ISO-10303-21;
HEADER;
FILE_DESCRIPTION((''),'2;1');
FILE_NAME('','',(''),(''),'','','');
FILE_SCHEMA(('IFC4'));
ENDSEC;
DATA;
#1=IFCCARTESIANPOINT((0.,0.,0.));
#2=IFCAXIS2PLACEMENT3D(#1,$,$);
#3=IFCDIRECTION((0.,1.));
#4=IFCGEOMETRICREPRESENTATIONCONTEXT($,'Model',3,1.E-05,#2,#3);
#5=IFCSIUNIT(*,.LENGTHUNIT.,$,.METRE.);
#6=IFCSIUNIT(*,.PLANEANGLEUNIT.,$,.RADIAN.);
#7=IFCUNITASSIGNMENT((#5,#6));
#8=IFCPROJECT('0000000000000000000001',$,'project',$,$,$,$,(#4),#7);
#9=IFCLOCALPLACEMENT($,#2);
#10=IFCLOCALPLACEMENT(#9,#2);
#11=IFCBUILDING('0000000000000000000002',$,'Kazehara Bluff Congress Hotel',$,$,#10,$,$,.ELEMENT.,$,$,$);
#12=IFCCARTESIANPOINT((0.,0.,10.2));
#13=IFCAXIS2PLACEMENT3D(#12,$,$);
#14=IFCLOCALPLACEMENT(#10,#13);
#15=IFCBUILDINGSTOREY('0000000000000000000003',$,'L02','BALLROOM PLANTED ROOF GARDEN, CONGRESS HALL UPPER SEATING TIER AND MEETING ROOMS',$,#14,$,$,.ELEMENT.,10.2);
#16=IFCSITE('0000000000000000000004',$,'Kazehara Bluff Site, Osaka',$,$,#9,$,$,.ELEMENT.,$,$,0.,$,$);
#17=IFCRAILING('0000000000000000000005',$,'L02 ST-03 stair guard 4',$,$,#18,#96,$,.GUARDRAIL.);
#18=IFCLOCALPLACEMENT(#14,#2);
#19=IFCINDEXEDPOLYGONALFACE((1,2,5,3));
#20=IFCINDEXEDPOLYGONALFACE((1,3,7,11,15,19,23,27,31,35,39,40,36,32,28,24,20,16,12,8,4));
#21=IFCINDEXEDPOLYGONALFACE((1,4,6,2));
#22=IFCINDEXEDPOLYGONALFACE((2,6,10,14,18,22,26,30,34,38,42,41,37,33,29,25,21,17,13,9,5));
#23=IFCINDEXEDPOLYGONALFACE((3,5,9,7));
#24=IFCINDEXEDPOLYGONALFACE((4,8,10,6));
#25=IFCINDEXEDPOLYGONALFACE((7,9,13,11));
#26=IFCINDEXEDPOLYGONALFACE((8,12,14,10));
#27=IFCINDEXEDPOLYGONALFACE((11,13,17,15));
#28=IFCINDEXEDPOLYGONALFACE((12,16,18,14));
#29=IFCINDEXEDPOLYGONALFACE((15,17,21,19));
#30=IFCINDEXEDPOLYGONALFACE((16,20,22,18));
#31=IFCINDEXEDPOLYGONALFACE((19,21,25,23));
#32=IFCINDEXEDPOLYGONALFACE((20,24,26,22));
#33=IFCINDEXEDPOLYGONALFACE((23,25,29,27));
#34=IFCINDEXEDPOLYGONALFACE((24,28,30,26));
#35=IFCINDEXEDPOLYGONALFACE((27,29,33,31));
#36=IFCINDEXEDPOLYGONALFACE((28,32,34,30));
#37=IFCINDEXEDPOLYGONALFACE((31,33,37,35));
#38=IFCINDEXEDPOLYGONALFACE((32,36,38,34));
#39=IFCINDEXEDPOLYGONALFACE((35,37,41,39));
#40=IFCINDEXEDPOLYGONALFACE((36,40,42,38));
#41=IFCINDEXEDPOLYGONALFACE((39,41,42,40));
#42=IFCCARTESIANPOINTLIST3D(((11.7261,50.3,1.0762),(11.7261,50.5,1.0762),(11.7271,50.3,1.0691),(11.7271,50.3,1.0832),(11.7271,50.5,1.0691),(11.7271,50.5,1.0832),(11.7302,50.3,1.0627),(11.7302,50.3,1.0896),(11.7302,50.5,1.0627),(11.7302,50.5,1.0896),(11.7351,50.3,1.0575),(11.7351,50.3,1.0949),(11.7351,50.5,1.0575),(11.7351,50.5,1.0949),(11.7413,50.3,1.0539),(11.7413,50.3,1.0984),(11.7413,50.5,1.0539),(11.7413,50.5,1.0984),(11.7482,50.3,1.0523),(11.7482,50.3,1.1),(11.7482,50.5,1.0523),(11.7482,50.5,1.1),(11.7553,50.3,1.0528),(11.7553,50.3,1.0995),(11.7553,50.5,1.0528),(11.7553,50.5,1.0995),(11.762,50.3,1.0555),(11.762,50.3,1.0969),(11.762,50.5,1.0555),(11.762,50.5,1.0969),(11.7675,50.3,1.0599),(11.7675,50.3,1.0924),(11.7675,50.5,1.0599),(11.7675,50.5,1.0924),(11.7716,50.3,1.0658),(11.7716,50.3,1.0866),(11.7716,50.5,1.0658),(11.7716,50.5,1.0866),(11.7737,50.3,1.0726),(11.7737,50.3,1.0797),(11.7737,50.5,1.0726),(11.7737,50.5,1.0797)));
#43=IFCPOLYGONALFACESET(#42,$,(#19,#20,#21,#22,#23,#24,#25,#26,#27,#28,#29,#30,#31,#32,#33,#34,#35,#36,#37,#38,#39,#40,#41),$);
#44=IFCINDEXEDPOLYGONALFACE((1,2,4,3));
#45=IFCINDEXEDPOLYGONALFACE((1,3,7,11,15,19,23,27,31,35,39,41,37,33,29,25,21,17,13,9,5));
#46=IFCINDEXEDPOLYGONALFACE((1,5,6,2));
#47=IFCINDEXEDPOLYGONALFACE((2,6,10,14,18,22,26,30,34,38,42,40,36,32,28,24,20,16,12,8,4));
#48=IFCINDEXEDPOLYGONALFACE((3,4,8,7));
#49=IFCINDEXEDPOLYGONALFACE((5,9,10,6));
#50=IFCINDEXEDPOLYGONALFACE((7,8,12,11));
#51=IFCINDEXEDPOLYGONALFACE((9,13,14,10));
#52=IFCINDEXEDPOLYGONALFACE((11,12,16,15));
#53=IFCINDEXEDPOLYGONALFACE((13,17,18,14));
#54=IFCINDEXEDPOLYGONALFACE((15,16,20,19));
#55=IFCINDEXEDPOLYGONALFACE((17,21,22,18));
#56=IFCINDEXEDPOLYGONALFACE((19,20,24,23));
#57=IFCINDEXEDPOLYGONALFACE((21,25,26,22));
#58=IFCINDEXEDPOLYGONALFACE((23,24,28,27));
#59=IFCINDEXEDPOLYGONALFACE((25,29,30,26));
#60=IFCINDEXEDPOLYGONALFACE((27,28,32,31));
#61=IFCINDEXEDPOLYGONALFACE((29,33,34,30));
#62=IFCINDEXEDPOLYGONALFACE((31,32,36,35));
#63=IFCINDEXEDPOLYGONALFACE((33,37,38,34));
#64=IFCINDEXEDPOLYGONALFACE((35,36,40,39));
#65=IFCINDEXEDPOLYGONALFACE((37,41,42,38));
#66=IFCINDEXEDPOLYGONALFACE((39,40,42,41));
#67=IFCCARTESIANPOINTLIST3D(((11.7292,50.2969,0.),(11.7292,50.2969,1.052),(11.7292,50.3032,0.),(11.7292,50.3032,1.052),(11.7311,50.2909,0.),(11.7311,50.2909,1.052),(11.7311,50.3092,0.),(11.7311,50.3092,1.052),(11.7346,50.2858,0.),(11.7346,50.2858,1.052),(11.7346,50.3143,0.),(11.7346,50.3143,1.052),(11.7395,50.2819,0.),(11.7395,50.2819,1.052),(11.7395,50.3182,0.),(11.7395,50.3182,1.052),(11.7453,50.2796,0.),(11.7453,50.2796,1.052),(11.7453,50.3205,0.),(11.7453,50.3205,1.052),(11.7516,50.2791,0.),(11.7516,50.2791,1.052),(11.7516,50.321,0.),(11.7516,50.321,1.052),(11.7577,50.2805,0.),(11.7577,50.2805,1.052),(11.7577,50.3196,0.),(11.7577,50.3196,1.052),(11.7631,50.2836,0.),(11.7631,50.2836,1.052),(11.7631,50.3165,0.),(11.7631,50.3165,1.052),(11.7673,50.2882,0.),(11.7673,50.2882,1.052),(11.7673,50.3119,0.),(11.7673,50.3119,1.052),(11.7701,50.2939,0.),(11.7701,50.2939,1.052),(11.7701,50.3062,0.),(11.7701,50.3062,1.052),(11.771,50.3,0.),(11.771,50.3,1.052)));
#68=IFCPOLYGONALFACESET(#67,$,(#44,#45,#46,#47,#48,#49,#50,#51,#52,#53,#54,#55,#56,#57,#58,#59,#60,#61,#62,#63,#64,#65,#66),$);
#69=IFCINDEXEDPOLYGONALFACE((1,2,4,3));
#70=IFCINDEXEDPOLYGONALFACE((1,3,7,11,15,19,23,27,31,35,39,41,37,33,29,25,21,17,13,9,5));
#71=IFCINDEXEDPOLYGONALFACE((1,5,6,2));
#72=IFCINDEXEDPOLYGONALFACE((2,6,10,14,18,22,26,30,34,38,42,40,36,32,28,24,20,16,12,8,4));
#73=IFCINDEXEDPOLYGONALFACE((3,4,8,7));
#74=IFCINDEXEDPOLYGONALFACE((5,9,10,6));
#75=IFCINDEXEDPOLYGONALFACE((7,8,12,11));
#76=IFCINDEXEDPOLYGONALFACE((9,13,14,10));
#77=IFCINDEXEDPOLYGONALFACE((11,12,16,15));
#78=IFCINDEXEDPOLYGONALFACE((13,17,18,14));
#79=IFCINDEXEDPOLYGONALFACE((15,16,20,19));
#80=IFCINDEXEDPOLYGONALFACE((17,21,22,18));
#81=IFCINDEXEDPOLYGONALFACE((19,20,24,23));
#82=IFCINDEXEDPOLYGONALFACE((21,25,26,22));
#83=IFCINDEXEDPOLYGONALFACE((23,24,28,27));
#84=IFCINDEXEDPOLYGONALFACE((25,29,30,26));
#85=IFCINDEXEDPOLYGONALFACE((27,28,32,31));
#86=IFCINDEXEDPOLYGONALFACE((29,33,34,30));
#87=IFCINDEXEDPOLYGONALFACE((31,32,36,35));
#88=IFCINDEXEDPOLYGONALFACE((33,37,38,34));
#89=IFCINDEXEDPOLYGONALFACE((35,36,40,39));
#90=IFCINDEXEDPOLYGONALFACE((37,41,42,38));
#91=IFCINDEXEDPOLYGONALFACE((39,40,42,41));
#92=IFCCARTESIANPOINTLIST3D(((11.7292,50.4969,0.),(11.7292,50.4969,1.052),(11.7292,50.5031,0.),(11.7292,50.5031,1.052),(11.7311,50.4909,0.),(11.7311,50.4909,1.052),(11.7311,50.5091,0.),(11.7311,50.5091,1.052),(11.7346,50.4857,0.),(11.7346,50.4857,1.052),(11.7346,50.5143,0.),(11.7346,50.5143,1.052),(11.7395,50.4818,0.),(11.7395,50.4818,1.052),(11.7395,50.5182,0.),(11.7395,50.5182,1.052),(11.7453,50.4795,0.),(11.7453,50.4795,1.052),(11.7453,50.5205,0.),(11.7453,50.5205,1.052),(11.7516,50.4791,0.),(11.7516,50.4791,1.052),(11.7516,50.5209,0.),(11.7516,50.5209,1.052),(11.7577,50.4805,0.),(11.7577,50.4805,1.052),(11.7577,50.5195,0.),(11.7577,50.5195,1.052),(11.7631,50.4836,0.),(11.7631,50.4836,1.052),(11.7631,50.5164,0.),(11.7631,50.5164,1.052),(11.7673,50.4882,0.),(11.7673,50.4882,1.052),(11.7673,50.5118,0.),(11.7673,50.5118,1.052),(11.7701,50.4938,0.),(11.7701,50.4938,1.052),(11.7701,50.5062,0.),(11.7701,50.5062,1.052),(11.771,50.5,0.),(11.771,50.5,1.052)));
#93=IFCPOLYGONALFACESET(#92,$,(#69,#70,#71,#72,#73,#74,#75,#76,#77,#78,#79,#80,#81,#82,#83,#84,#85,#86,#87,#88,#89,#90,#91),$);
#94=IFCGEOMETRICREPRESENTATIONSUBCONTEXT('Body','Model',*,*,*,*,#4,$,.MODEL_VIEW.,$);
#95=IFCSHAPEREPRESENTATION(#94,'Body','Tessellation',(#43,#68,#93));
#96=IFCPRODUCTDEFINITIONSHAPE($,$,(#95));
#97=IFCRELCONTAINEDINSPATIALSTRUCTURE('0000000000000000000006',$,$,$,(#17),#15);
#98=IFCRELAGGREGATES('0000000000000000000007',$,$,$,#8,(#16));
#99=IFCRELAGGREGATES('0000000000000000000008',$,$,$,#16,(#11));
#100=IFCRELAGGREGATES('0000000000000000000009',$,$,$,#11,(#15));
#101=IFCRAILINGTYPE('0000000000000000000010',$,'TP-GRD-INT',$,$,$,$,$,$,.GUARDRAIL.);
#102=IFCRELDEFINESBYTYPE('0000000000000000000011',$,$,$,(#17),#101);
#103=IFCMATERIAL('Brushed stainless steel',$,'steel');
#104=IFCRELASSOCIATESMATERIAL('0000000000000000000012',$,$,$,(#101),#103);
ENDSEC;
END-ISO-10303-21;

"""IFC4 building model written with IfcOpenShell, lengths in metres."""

from ifc_helpers import new_model, si_unit, direction, frame, origin, origin_2d, place, context, subcontext, project, spatial, circle, extrude, material, type_object, element, save


model = new_model("IFC4")

# Units and contexts
model_context = context("Model", 3, precision=1e-05, world=origin(), true_north=direction((0.0, 1.0)))
body_context = subcontext(model_context, "Body", "Model", "MODEL_VIEW")
ifc_project = project(units=[si_unit("LENGTHUNIT", "METRE"), si_unit("PLANEANGLEUNIT", "RADIAN")], contexts=[model_context])

# Site, building, storey
site_placement = place(None, origin())
site = spatial("IfcSite", under=ifc_project, at=site_placement, Name="Kazehara Bluff Site, Osaka", CompositionType="ELEMENT", RefElevation=0.0)
building_placement = place(site_placement, origin())
building = spatial("IfcBuilding", under=site, at=building_placement, Name="Kazehara Bluff Congress Hotel", CompositionType="ELEMENT")
storey_placement = place(building_placement, frame((0.0, 0.0, 10.2)))
storey = spatial("IfcBuildingStorey", under=building, at=storey_placement, Name="L02", Description="BALLROOM PLANTED ROOF GARDEN, CONGRESS HALL UPPER SEATING TIER AND MEETING ROOMS", CompositionType="ELEMENT", Elevation=10.2)

# Railing
ifc_material_1 = material(Name="Brushed stainless steel", Category="steel")
railing_type_1 = type_object("IfcRailingType", Name="TP-GRD-INT", PredefinedType="GUARDRAIL", material=ifc_material_1)
railing_1_placement = place(storey_placement, frame((11.75, 50.3, 0.0)))
element("IfcRailing", 1, at=railing_1_placement, inside=storey, type_object=railing_type_1, Name="L02 ST-03 stair guard 4", PredefinedType="GUARDRAIL", context=body_context, shape_type="SweptSolid", body=[
    extrude(circle(Radius=0.0239, at=origin_2d()), frame((0.0, 0.0, 1.0762), z_axis=(0.0, 1.0, 0.0), x_axis=(-1.0, 0.0, 0.0)), (0.0, 0.0, 1.0), 0.2),
    extrude(circle(Radius=0.021, at=origin_2d()), origin(), (0.0, 0.0, 1.0), 1.052),
    extrude(circle(Radius=0.021, at=origin_2d()), frame((0.0, 0.2, 0.0)), (0.0, 0.0, 1.0), 1.052),
])

save(model, "model.ifc")
